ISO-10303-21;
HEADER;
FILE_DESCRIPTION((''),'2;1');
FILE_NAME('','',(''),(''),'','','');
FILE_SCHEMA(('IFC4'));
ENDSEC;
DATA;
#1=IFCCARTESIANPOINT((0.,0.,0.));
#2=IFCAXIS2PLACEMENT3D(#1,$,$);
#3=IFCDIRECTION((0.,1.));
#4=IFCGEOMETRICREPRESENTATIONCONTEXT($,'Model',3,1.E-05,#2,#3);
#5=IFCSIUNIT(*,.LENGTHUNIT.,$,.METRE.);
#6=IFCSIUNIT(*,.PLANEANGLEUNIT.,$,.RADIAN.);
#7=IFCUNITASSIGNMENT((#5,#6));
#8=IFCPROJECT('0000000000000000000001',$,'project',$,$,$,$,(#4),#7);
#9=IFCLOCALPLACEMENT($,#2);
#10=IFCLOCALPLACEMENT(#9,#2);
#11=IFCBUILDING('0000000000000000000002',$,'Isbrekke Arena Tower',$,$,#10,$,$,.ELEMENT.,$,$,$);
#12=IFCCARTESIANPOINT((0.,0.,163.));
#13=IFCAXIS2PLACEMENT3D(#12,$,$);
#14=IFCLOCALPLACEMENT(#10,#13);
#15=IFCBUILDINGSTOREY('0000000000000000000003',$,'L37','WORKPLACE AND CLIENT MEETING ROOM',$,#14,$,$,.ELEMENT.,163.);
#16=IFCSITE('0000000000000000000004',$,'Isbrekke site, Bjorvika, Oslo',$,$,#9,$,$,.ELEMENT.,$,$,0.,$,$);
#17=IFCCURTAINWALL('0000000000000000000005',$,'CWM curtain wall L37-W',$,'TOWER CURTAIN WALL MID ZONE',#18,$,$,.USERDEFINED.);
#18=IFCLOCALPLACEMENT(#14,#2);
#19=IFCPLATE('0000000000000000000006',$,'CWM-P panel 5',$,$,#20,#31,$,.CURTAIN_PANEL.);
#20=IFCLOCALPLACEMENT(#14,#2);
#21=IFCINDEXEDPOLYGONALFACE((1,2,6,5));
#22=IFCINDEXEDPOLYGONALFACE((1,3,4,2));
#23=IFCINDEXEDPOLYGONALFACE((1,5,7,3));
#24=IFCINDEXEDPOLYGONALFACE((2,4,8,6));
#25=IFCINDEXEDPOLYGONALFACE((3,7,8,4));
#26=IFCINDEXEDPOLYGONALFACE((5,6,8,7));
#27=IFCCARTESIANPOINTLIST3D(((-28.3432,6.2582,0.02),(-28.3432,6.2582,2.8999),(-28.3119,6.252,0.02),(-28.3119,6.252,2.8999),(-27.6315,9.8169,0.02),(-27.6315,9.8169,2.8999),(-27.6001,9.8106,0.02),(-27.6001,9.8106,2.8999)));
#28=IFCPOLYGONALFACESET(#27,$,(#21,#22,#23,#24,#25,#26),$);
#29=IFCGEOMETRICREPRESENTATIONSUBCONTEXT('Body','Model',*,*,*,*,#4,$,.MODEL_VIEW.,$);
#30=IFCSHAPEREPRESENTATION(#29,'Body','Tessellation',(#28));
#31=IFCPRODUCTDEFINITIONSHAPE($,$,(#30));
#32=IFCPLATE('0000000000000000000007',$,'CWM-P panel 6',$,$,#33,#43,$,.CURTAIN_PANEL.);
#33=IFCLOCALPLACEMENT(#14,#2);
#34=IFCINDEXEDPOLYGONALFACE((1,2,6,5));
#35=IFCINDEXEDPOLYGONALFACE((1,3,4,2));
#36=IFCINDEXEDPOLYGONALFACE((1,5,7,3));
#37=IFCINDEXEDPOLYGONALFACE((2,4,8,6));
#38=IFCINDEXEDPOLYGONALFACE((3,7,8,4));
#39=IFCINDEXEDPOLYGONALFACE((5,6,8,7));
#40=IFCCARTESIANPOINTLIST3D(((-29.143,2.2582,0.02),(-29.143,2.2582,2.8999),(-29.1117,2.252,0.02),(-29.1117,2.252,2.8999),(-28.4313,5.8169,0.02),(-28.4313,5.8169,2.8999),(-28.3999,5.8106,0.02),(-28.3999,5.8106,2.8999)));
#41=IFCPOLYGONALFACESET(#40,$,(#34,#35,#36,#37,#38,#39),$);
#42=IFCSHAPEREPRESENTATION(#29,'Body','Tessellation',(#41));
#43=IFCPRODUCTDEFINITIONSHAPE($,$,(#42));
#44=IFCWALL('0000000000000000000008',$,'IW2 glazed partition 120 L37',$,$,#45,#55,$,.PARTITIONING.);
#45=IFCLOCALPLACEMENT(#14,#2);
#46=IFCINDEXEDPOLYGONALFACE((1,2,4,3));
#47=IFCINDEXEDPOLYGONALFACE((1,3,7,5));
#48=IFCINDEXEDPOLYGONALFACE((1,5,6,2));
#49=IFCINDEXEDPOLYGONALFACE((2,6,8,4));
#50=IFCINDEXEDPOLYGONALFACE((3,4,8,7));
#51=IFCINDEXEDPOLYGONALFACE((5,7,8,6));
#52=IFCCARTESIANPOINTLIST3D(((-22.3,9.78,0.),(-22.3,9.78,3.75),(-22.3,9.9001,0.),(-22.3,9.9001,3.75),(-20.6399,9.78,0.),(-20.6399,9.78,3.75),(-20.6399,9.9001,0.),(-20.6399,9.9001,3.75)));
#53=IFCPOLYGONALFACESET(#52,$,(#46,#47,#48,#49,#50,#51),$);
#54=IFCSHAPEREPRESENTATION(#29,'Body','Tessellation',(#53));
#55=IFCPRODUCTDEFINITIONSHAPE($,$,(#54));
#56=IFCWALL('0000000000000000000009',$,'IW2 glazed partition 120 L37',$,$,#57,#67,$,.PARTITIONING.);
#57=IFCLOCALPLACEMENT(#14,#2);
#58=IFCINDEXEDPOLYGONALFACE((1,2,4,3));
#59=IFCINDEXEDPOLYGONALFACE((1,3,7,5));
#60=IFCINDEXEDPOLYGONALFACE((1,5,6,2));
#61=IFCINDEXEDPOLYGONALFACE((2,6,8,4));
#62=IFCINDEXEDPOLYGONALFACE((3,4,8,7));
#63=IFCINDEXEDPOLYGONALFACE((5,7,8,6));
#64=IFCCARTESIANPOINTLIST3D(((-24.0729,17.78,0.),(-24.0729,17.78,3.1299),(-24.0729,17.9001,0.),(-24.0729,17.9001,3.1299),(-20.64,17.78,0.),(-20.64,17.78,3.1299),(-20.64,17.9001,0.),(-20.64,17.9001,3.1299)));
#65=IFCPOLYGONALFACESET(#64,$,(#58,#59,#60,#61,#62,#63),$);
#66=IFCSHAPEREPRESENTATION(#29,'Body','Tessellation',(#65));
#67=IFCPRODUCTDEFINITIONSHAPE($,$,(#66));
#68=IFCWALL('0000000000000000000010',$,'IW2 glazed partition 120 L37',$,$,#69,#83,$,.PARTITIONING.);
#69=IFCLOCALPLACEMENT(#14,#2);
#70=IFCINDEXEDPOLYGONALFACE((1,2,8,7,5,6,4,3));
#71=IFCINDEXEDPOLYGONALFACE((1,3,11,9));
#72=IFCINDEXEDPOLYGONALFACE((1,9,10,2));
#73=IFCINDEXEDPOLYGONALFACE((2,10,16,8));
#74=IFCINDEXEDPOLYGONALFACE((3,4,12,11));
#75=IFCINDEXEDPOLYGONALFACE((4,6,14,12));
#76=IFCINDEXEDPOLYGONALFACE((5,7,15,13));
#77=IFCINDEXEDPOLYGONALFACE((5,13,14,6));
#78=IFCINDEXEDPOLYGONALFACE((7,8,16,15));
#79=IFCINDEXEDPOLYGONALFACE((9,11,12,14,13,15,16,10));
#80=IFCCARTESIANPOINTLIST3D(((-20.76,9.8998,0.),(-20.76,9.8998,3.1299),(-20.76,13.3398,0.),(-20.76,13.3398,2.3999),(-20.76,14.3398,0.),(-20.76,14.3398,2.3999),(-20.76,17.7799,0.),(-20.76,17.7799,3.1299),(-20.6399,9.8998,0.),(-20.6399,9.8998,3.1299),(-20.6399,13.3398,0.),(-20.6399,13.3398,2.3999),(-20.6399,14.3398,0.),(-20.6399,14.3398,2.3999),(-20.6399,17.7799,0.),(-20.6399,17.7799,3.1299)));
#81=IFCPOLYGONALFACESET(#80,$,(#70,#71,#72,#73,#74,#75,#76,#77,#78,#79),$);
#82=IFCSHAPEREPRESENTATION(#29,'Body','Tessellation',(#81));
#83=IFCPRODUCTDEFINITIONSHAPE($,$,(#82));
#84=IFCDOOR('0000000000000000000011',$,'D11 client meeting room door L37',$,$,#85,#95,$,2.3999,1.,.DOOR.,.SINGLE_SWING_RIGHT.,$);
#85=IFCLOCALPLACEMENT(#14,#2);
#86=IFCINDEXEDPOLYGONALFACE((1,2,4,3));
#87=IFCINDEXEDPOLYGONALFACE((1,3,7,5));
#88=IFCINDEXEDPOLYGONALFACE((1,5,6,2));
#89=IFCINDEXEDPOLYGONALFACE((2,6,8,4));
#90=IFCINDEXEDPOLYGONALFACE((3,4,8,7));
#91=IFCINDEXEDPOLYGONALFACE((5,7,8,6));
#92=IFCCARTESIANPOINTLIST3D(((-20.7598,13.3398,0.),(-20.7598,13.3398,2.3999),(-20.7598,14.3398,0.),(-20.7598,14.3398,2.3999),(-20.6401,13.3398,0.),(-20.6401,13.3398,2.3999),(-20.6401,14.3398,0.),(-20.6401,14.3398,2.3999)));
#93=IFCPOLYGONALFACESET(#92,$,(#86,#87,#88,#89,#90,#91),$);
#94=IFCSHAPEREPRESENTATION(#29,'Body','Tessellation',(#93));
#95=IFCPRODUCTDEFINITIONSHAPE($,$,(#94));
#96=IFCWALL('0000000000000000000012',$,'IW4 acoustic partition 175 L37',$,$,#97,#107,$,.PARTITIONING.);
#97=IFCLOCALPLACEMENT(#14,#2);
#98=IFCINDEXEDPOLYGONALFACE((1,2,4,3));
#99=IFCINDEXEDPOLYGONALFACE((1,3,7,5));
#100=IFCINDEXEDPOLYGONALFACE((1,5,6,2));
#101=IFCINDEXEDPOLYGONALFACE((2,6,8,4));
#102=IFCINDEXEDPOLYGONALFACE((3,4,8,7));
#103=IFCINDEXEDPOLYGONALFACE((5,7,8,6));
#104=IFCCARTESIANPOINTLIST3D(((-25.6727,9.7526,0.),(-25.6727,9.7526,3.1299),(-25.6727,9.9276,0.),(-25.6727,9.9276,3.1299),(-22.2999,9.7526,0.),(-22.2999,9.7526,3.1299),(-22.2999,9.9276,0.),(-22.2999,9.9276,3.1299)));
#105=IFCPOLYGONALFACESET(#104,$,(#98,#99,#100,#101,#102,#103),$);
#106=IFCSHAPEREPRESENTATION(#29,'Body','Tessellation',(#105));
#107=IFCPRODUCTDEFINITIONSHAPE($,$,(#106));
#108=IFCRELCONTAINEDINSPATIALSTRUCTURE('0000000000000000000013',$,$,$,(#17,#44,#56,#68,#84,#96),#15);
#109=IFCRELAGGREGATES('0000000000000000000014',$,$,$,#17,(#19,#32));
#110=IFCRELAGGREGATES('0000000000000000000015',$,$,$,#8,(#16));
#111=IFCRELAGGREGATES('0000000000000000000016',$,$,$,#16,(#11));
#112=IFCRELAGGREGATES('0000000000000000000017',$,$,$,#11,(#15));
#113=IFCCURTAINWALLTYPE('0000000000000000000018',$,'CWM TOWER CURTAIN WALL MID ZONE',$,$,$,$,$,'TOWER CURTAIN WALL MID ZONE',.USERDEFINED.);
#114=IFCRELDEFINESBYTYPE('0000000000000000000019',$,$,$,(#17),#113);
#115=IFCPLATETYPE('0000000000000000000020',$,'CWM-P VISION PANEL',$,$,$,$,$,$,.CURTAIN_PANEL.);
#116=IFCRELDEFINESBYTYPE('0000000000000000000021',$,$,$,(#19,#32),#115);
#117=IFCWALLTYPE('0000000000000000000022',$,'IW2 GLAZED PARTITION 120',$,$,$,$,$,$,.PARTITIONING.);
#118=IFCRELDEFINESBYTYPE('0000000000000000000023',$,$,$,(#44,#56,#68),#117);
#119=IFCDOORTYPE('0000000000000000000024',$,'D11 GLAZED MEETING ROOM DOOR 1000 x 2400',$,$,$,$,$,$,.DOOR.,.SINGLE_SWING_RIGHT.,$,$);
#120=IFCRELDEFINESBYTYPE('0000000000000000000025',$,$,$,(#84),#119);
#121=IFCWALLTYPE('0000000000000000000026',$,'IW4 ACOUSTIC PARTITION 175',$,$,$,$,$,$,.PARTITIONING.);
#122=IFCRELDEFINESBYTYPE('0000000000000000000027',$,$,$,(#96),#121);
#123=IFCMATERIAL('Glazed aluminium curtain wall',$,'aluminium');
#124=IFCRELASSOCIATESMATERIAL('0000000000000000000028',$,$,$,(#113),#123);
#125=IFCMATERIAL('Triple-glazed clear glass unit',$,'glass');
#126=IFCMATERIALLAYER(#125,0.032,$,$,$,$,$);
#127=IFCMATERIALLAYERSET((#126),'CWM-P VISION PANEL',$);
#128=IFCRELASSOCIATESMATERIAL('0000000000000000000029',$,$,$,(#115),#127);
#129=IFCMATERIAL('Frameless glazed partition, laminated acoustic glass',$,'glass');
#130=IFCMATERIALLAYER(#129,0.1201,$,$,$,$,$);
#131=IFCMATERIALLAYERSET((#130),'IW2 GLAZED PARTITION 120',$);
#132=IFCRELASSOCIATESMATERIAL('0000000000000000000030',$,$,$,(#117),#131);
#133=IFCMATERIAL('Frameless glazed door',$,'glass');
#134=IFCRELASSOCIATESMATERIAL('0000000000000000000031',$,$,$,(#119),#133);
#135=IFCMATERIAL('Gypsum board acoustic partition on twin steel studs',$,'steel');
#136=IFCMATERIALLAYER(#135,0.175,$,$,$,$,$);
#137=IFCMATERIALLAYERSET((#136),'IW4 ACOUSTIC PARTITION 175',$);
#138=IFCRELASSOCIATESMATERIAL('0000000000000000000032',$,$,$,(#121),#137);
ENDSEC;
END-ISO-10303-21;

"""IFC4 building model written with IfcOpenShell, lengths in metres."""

from ifc_helpers import new_model, si_unit, direction, frame, frame_2d, origin, origin_2d, place, context, subcontext, project, spatial, rectangle, extrude, material, layer, layer_set, type_object, element, fill, aggregate, save


model = new_model("IFC4")

# Units and contexts
model_context = context("Model", 3, precision=1e-05, world=origin(), true_north=direction((0.0, 1.0)))
body_context = subcontext(model_context, "Body", "Model", "MODEL_VIEW")
ifc_project = project(units=[si_unit("LENGTHUNIT", "METRE"), si_unit("PLANEANGLEUNIT", "RADIAN")], contexts=[model_context])

# Site, building, storey
site_placement = place(None, origin())
site = spatial("IfcSite", under=ifc_project, at=site_placement, Name="Isbrekke site, Bjorvika, Oslo", CompositionType="ELEMENT", RefElevation=0.0)
building_placement = place(site_placement, origin())
building = spatial("IfcBuilding", under=site, at=building_placement, Name="Isbrekke Arena Tower", CompositionType="ELEMENT")
storey_placement = place(building_placement, frame((0.0, 0.0, 163.0)))
storey = spatial("IfcBuildingStorey", under=building, at=storey_placement, Name="L37", Description="WORKPLACE AND CLIENT MEETING ROOM", CompositionType="ELEMENT", Elevation=163.0)

# Curtain wall
ifc_material_1 = material(Name="Glazed aluminium curtain wall", Category="aluminium")
curtain_wall_type = type_object("IfcCurtainWallType", Name="CWM TOWER CURTAIN WALL MID ZONE", ElementType="TOWER CURTAIN WALL MID ZONE", PredefinedType="USERDEFINED", material=ifc_material_1)
curtain_wall_placement = place(storey_placement, origin())
curtain_wall = element("IfcCurtainWall", 1, at=curtain_wall_placement, inside=storey, type_object=curtain_wall_type, Name="CWM curtain wall L37-W", ObjectType="TOWER CURTAIN WALL MID ZONE", PredefinedType="USERDEFINED")

# Plates
ifc_material_2 = material(Name="Triple-glazed clear glass unit", Category="glass")
ifc_layer_1 = layer(ifc_material_2, 0.032)
ifc_layer_set_1 = layer_set([ifc_layer_1], Name="CWM-P VISION PANEL")
plate_type = type_object("IfcPlateType", Name="CWM-P VISION PANEL", PredefinedType="CURTAIN_PANEL", material=ifc_layer_set_1)
plate_1_placement = place(storey_placement, frame((-27.9717, 8.0344, 0.02), z_axis=(0.0, 0.0, 1.0), x_axis=(-0.196116, -0.980581, 0.0)))
plate_1 = element("IfcPlate", 2, at=plate_1_placement, type_object=plate_type, Name="CWM-P panel 5", PredefinedType="CURTAIN_PANEL", context=body_context, shape_type="SweptSolid", body=[
    extrude(rectangle(XDim=3.6292, YDim=0.032, at=origin_2d()), origin(), (0.0, 0.0, 1.0), 2.8799),
])
plate_2_placement = place(storey_placement, frame((-28.7715, 4.0344, 0.02), z_axis=(0.0, 0.0, 1.0), x_axis=(-0.196116, -0.980581, 0.0)))
plate_2 = element("IfcPlate", 3, at=plate_2_placement, type_object=plate_type, Name="CWM-P panel 6", PredefinedType="CURTAIN_PANEL", context=body_context, shape_type="SweptSolid", body=[
    extrude(rectangle(XDim=3.6292, YDim=0.032, at=origin_2d()), origin(), (0.0, 0.0, 1.0), 2.8799),
])
aggregate(curtain_wall, [plate_1, plate_2])

# Walls
ifc_material_3 = material(Name="Frameless glazed partition, laminated acoustic glass", Category="glass")
ifc_layer_2 = layer(ifc_material_3, 0.1201)
ifc_layer_set_2 = layer_set([ifc_layer_2], Name="IW2 GLAZED PARTITION 120")
wall_type_1 = type_object("IfcWallType", Name="IW2 GLAZED PARTITION 120", PredefinedType="PARTITIONING", material=ifc_layer_set_2)
wall_1_placement = place(storey_placement, frame((-22.3, 9.8401, 0.0), z_axis=(0.0, 0.0, 1.0), x_axis=(1.0, 0.0, 0.0)))
element("IfcWall", 4, at=wall_1_placement, inside=storey, type_object=wall_type_1, Name="IW2 glazed partition 120 L37", PredefinedType="PARTITIONING", context=body_context, shape_type="SweptSolid", body=[
    extrude(rectangle(XDim=1.6602, YDim=0.1201, at=frame_2d((0.8301, 0.0))), origin(), (0.0, 0.0, 1.0), 3.75),
])
wall_2_placement = place(storey_placement, frame((-24.0728, 17.8401, 0.0), z_axis=(0.0, 0.0, 1.0), x_axis=(1.0, 0.0, 0.0)))
element("IfcWall", 5, at=wall_2_placement, inside=storey, type_object=wall_type_1, Name="IW2 glazed partition 120 L37", PredefinedType="PARTITIONING", context=body_context, shape_type="SweptSolid", body=[
    extrude(rectangle(XDim=3.4329, YDim=0.1201, at=frame_2d((1.7163, 0.0))), origin(), (0.0, 0.0, 1.0), 3.1299),
])

# Wall, opening, door
wall_3_placement = place(storey_placement, frame((-20.7, 9.8999, 0.0), z_axis=(0.0, 0.0, 1.0), x_axis=(0.0, 1.0, 0.0)))
wall_3 = element("IfcWall", 6, at=wall_3_placement, inside=storey, type_object=wall_type_1, Name="IW2 glazed partition 120 L37", PredefinedType="PARTITIONING", context=body_context, shape_type="SweptSolid", body=[
    extrude(rectangle(XDim=7.8801, YDim=0.1201, at=frame_2d((3.9399, 0.0))), origin(), (0.0, 0.0, 1.0), 3.1299),
])
opening_placement = place(wall_3_placement, frame((3.4399, 0.0, 0.0)))
opening = element("IfcOpeningElement", 7, at=opening_placement, cuts=wall_3, PredefinedType="OPENING", context=body_context, shape_type="SweptSolid", body=[
    extrude(rectangle(XDim=1.0, YDim=2.3999, at=frame_2d((0.5, 1.2))), frame((0.0, 0.075, 0.0), z_axis=(0.0, -1.0, 0.0), x_axis=(1.0, 0.0, 0.0)), (0.0, 0.0, 1.0), 0.1499),
])
ifc_material_4 = material(Name="Frameless glazed door", Category="glass")
door_type = type_object("IfcDoorType", Name="D11 GLAZED MEETING ROOM DOOR 1000 x 2400", OperationType="SINGLE_SWING_RIGHT", PredefinedType="DOOR", material=ifc_material_4)
door_placement = place(opening_placement, origin())
door = element("IfcDoor", 8, at=door_placement, inside=storey, type_object=door_type, Name="D11 client meeting room door L37", OperationType="SINGLE_SWING_RIGHT", OverallHeight=2.3999, OverallWidth=1.0, PredefinedType="DOOR", context=body_context, shape_type="SweptSolid", body=[
    extrude(rectangle(XDim=1.0, YDim=2.3999, at=frame_2d((0.5, 1.2))), frame((0.0, 0.0598, 0.0), z_axis=(0.0, -1.0, 0.0), x_axis=(1.0, 0.0, 0.0)), (0.0, 0.0, 1.0), 0.1196),
])
fill(opening, door)

# Wall
ifc_material_5 = material(Name="Gypsum board acoustic partition on twin steel studs", Category="steel")
ifc_layer_3 = layer(ifc_material_5, 0.175)
ifc_layer_set_3 = layer_set([ifc_layer_3], Name="IW4 ACOUSTIC PARTITION 175")
wall_type_2 = type_object("IfcWallType", Name="IW4 ACOUSTIC PARTITION 175", PredefinedType="PARTITIONING", material=ifc_layer_set_3)
wall_4_placement = place(storey_placement, frame((-25.6729, 9.8401, 0.0), z_axis=(0.0, 0.0, 1.0), x_axis=(1.0, 0.0, 0.0)))
element("IfcWall", 9, at=wall_4_placement, inside=storey, type_object=wall_type_2, Name="IW4 acoustic partition 175 L37", PredefinedType="PARTITIONING", context=body_context, shape_type="SweptSolid", body=[
    extrude(rectangle(XDim=3.3728, YDim=0.175, at=frame_2d((1.6865, 0.0))), origin(), (0.0, 0.0, 1.0), 3.1299),
])

save(model, "model.ifc")
